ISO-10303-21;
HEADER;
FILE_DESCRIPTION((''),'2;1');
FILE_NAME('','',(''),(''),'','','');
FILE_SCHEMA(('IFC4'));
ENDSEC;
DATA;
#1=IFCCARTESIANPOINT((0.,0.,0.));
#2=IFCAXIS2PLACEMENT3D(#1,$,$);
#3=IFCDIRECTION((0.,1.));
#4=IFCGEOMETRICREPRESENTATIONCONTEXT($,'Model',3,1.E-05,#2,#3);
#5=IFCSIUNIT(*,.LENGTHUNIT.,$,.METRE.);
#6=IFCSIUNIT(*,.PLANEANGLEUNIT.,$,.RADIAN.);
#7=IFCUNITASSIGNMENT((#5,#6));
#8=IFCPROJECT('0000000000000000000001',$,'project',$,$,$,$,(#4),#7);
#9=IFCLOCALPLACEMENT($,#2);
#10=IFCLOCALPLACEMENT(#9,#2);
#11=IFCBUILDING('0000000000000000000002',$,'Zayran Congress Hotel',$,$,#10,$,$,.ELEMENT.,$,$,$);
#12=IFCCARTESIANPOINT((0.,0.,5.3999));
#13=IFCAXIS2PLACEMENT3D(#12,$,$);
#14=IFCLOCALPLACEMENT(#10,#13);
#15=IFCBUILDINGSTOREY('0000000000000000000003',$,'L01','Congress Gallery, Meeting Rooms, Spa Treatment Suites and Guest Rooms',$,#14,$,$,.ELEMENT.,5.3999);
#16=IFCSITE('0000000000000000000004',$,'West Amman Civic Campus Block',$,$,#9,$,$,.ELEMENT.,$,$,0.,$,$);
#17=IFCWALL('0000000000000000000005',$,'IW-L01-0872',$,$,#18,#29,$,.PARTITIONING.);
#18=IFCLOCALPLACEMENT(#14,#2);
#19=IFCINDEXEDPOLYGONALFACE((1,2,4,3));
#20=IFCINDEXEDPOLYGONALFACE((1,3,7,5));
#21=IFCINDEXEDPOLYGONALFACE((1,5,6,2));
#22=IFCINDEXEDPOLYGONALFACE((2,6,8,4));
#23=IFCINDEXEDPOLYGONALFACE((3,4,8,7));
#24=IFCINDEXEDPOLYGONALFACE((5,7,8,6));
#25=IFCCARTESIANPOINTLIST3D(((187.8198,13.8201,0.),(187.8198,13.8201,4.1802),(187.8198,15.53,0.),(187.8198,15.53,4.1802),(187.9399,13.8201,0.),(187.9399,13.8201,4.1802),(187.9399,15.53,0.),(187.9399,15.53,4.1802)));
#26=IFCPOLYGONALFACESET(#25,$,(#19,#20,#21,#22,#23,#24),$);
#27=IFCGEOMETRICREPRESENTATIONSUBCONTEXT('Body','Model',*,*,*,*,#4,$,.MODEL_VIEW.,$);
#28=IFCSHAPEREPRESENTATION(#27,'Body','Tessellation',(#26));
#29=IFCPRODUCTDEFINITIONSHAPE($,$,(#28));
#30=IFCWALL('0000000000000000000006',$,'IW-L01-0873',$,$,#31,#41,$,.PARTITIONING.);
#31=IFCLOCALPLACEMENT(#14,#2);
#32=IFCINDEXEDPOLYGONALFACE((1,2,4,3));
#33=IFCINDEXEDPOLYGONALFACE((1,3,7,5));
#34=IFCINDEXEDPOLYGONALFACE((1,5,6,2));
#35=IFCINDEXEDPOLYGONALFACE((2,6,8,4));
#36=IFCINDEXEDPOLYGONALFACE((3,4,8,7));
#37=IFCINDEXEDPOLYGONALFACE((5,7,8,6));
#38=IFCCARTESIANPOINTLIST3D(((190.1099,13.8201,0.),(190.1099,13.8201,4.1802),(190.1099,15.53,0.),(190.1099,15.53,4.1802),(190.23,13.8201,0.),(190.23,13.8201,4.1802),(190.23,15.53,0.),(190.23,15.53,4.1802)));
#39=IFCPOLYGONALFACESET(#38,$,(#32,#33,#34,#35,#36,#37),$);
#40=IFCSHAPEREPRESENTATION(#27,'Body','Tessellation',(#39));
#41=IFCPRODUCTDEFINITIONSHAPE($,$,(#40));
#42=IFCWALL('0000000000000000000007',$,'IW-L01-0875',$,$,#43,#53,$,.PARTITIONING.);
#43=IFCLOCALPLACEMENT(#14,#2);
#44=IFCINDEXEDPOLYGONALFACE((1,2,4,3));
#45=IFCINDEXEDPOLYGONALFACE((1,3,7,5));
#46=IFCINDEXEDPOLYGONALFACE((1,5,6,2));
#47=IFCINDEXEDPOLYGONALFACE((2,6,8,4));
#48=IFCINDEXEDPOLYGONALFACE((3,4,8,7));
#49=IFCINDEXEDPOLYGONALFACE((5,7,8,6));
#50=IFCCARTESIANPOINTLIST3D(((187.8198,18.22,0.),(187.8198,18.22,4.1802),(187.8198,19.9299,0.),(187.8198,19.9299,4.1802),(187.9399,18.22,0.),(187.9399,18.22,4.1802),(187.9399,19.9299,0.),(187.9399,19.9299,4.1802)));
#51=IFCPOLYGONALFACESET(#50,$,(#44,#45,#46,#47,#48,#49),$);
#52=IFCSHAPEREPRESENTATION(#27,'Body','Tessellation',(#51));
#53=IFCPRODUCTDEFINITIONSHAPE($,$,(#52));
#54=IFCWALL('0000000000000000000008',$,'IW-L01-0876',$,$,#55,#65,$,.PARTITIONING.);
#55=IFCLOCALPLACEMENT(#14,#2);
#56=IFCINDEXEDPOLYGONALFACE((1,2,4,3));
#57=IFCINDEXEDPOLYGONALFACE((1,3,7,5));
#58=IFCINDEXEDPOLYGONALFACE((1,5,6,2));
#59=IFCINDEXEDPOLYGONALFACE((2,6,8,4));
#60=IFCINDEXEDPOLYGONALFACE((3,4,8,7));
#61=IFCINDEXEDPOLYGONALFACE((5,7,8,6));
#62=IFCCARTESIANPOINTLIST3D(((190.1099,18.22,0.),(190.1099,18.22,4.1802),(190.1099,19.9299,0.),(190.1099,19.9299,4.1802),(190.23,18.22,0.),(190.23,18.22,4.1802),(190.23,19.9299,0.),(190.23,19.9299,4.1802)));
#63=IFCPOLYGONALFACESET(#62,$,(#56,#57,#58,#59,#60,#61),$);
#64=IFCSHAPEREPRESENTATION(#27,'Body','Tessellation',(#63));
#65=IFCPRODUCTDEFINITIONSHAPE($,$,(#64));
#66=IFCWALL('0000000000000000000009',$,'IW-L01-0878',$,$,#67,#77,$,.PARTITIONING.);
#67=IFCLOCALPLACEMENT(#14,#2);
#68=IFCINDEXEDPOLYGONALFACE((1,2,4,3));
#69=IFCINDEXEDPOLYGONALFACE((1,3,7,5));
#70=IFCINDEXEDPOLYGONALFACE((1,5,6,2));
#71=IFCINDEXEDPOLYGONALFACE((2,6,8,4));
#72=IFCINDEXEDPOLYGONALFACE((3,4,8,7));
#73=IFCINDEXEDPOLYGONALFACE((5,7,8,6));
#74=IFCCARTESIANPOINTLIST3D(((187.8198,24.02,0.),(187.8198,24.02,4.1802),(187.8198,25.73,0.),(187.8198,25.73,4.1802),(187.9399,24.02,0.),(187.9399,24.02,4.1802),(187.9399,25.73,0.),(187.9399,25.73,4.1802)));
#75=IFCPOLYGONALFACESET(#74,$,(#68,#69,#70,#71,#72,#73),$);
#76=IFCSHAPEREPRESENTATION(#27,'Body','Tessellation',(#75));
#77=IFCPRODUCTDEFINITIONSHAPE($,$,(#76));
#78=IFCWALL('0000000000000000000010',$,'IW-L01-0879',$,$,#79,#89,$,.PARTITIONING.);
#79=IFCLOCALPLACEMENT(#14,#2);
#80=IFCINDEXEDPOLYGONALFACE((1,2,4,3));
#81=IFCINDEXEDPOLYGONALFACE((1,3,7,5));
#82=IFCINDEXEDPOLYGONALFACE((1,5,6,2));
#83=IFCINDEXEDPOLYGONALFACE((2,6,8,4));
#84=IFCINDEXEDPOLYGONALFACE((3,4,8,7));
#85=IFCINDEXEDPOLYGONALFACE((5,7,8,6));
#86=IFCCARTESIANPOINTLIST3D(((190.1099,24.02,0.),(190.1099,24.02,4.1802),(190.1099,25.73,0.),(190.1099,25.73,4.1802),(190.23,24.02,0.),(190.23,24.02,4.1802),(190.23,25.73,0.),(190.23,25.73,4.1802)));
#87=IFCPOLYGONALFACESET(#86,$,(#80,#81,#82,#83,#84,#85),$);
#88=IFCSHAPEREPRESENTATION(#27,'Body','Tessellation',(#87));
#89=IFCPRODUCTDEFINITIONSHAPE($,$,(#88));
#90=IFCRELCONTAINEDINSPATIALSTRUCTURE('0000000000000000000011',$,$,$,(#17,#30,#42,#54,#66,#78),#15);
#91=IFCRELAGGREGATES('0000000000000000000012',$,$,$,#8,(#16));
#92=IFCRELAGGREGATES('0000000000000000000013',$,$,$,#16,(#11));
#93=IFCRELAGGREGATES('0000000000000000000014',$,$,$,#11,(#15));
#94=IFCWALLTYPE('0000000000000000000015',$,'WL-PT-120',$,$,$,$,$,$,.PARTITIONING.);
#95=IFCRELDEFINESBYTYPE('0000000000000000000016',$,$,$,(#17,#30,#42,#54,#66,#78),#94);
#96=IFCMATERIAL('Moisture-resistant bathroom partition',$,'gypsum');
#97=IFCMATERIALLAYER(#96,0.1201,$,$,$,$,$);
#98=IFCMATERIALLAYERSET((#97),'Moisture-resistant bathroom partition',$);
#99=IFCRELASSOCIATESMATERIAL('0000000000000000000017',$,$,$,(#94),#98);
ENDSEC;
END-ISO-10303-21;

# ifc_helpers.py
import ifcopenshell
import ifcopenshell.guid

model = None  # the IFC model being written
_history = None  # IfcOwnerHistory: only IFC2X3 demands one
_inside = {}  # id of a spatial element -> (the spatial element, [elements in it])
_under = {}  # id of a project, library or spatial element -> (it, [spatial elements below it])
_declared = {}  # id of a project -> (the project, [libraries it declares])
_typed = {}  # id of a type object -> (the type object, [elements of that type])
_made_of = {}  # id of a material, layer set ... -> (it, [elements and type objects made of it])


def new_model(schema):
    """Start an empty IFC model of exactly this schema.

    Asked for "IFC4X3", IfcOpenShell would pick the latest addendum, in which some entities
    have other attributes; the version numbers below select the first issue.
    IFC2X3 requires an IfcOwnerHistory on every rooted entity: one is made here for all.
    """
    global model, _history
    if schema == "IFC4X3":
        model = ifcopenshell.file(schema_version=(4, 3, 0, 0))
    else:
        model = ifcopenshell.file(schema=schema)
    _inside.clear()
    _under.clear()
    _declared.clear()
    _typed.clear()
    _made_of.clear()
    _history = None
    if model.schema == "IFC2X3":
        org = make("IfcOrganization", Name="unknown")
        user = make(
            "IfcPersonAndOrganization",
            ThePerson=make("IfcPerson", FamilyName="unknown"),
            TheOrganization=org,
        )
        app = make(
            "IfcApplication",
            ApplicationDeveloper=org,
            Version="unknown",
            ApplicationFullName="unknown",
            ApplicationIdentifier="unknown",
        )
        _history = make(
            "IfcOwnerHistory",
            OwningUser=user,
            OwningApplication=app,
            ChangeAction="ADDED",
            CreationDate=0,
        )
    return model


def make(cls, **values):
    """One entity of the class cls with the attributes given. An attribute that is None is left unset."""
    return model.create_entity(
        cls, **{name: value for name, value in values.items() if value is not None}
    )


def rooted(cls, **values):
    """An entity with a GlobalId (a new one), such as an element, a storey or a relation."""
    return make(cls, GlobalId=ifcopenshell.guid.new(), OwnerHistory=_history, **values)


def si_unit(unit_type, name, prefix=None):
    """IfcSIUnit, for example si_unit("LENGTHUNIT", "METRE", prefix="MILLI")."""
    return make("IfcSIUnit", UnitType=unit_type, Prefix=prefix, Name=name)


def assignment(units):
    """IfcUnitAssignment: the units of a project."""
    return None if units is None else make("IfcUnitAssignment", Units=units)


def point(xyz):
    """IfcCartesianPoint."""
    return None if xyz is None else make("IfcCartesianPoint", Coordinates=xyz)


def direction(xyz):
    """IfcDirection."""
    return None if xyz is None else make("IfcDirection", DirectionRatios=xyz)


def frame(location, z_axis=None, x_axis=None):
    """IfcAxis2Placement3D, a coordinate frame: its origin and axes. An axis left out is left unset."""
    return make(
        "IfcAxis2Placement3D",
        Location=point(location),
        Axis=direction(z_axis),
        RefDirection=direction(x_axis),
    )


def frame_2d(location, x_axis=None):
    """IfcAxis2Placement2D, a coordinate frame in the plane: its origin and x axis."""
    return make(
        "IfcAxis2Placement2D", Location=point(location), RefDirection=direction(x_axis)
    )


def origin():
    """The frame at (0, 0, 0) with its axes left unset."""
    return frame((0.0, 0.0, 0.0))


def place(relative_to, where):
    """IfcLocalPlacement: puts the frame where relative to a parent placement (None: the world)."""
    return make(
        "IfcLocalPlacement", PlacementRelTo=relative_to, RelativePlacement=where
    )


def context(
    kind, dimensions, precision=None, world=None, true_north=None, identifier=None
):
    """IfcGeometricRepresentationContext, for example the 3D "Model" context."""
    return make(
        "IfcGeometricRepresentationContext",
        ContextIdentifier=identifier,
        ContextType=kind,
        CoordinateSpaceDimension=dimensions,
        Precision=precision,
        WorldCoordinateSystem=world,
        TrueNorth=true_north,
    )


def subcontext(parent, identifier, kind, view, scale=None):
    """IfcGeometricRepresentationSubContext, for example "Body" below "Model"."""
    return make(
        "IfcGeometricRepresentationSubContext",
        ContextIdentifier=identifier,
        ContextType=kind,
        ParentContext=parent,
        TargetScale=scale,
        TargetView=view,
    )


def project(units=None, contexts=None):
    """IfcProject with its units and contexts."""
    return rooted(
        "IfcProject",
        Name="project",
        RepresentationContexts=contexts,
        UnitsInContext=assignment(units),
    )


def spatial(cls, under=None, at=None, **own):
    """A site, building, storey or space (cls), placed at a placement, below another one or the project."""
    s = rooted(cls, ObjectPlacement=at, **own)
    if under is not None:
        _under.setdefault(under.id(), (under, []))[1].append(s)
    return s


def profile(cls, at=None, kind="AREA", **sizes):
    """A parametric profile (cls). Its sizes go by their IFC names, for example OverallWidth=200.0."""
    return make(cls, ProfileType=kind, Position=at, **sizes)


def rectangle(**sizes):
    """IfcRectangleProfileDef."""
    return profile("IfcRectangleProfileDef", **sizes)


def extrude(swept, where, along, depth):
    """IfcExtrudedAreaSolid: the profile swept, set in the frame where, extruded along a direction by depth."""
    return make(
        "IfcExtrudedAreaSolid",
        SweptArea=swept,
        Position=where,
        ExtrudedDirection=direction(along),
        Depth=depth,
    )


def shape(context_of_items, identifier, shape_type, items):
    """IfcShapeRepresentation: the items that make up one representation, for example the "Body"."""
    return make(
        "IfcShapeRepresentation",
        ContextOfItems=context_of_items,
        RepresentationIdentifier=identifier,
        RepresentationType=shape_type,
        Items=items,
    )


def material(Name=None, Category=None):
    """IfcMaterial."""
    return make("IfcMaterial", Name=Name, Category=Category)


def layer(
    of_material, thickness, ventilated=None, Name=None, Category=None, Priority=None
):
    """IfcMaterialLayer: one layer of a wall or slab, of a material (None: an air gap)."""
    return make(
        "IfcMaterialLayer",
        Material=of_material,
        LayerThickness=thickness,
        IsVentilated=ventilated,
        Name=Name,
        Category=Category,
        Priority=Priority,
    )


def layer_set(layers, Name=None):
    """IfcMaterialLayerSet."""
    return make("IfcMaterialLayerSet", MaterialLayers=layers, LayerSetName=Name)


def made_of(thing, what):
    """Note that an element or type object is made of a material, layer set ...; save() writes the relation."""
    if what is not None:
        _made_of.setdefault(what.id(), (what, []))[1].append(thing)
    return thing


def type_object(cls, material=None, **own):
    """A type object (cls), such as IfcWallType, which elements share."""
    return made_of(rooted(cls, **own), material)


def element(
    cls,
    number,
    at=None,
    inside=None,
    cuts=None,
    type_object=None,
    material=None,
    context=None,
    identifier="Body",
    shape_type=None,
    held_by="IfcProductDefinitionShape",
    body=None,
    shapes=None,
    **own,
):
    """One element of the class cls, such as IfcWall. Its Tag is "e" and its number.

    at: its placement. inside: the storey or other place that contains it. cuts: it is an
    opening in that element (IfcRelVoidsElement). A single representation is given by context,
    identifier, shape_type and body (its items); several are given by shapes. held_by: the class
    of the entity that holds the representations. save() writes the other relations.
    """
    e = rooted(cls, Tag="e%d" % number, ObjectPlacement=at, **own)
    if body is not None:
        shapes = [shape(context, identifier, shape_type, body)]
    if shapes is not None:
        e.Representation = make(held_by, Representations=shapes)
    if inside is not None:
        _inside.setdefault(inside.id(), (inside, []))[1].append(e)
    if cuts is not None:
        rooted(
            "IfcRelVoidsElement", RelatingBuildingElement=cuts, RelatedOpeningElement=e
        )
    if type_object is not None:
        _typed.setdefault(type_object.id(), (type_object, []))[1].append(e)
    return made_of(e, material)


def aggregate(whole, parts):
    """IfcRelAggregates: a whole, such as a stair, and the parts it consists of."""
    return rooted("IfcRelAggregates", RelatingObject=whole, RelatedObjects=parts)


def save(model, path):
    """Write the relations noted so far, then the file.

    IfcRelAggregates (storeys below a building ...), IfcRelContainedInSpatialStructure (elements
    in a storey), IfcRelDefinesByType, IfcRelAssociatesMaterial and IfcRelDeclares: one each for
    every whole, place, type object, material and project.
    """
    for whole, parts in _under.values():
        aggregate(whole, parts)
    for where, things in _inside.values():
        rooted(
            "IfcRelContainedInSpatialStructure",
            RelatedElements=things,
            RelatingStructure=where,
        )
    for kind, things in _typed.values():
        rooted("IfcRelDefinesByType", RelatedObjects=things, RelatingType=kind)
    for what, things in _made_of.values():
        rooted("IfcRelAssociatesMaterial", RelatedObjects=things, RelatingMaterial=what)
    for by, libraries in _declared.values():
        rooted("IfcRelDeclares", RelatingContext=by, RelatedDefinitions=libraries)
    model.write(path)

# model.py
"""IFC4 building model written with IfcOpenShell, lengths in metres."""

from ifc_helpers import new_model, si_unit, direction, frame, frame_2d, origin, place, context, subcontext, project, spatial, rectangle, extrude, material, layer, layer_set, type_object, element, save


model = new_model("IFC4")

# Units and contexts
model_context = context("Model", 3, precision=1e-05, world=origin(), true_north=direction((0.0, 1.0)))
body_context = subcontext(model_context, "Body", "Model", "MODEL_VIEW")
ifc_project = project(units=[si_unit("LENGTHUNIT", "METRE"), si_unit("PLANEANGLEUNIT", "RADIAN")], contexts=[model_context])

# Site, building, storey
site_placement = place(None, origin())
site = spatial("IfcSite", under=ifc_project, at=site_placement, Name="West Amman Civic Campus Block", CompositionType="ELEMENT", RefElevation=0.0)
building_placement = place(site_placement, origin())
building = spatial("IfcBuilding", under=site, at=building_placement, Name="Zayran Congress Hotel", CompositionType="ELEMENT")
storey_placement = place(building_placement, frame((0.0, 0.0, 5.3999)))
storey = spatial("IfcBuildingStorey", under=building, at=storey_placement, Name="L01", Description="Congress Gallery, Meeting Rooms, Spa Treatment Suites and Guest Rooms", CompositionType="ELEMENT", Elevation=5.3999)

# Walls
ifc_material_1 = material(Name="Moisture-resistant bathroom partition", Category="gypsum")
ifc_layer_1 = layer(ifc_material_1, 0.1201)
ifc_layer_set_1 = layer_set([ifc_layer_1], Name="Moisture-resistant bathroom partition")
wall_type_1 = type_object("IfcWallType", Name="WL-PT-120", PredefinedType="PARTITIONING", material=ifc_layer_set_1)
for number, where, z_axis, x_axis, name in (
    (1, (187.8799, 13.8201, 0.0), (0.0, 0.0, 1.0), (0.0, 1.0, 0.0), "IW-L01-0872"),
    (2, (190.1699, 13.8201, 0.0), (0.0, 0.0, 1.0), (0.0, 1.0, 0.0), "IW-L01-0873"),
    (3, (187.8799, 18.22, 0.0), (0.0, 0.0, 1.0), (0.0, 1.0, 0.0), "IW-L01-0875"),
    (4, (190.1699, 18.22, 0.0), (0.0, 0.0, 1.0), (0.0, 1.0, 0.0), "IW-L01-0876"),
    (5, (187.8799, 24.02, 0.0), (0.0, 0.0, 1.0), (0.0, 1.0, 0.0), "IW-L01-0878"),
    (6, (190.1699, 24.02, 0.0), (0.0, 0.0, 1.0), (0.0, 1.0, 0.0), "IW-L01-0879"),
):
    element("IfcWall", number, at=place(storey_placement, frame(where, z_axis=z_axis, x_axis=x_axis)), inside=storey, type_object=wall_type_1, Name=name, PredefinedType="PARTITIONING", context=body_context, shape_type="SweptSolid", body=[
        extrude(rectangle(XDim=1.71, YDim=0.1201, at=frame_2d((0.855, 0.0))), origin(), (0.0, 0.0, 1.0), 4.1802),
    ])

save(model, "model.ifc")
